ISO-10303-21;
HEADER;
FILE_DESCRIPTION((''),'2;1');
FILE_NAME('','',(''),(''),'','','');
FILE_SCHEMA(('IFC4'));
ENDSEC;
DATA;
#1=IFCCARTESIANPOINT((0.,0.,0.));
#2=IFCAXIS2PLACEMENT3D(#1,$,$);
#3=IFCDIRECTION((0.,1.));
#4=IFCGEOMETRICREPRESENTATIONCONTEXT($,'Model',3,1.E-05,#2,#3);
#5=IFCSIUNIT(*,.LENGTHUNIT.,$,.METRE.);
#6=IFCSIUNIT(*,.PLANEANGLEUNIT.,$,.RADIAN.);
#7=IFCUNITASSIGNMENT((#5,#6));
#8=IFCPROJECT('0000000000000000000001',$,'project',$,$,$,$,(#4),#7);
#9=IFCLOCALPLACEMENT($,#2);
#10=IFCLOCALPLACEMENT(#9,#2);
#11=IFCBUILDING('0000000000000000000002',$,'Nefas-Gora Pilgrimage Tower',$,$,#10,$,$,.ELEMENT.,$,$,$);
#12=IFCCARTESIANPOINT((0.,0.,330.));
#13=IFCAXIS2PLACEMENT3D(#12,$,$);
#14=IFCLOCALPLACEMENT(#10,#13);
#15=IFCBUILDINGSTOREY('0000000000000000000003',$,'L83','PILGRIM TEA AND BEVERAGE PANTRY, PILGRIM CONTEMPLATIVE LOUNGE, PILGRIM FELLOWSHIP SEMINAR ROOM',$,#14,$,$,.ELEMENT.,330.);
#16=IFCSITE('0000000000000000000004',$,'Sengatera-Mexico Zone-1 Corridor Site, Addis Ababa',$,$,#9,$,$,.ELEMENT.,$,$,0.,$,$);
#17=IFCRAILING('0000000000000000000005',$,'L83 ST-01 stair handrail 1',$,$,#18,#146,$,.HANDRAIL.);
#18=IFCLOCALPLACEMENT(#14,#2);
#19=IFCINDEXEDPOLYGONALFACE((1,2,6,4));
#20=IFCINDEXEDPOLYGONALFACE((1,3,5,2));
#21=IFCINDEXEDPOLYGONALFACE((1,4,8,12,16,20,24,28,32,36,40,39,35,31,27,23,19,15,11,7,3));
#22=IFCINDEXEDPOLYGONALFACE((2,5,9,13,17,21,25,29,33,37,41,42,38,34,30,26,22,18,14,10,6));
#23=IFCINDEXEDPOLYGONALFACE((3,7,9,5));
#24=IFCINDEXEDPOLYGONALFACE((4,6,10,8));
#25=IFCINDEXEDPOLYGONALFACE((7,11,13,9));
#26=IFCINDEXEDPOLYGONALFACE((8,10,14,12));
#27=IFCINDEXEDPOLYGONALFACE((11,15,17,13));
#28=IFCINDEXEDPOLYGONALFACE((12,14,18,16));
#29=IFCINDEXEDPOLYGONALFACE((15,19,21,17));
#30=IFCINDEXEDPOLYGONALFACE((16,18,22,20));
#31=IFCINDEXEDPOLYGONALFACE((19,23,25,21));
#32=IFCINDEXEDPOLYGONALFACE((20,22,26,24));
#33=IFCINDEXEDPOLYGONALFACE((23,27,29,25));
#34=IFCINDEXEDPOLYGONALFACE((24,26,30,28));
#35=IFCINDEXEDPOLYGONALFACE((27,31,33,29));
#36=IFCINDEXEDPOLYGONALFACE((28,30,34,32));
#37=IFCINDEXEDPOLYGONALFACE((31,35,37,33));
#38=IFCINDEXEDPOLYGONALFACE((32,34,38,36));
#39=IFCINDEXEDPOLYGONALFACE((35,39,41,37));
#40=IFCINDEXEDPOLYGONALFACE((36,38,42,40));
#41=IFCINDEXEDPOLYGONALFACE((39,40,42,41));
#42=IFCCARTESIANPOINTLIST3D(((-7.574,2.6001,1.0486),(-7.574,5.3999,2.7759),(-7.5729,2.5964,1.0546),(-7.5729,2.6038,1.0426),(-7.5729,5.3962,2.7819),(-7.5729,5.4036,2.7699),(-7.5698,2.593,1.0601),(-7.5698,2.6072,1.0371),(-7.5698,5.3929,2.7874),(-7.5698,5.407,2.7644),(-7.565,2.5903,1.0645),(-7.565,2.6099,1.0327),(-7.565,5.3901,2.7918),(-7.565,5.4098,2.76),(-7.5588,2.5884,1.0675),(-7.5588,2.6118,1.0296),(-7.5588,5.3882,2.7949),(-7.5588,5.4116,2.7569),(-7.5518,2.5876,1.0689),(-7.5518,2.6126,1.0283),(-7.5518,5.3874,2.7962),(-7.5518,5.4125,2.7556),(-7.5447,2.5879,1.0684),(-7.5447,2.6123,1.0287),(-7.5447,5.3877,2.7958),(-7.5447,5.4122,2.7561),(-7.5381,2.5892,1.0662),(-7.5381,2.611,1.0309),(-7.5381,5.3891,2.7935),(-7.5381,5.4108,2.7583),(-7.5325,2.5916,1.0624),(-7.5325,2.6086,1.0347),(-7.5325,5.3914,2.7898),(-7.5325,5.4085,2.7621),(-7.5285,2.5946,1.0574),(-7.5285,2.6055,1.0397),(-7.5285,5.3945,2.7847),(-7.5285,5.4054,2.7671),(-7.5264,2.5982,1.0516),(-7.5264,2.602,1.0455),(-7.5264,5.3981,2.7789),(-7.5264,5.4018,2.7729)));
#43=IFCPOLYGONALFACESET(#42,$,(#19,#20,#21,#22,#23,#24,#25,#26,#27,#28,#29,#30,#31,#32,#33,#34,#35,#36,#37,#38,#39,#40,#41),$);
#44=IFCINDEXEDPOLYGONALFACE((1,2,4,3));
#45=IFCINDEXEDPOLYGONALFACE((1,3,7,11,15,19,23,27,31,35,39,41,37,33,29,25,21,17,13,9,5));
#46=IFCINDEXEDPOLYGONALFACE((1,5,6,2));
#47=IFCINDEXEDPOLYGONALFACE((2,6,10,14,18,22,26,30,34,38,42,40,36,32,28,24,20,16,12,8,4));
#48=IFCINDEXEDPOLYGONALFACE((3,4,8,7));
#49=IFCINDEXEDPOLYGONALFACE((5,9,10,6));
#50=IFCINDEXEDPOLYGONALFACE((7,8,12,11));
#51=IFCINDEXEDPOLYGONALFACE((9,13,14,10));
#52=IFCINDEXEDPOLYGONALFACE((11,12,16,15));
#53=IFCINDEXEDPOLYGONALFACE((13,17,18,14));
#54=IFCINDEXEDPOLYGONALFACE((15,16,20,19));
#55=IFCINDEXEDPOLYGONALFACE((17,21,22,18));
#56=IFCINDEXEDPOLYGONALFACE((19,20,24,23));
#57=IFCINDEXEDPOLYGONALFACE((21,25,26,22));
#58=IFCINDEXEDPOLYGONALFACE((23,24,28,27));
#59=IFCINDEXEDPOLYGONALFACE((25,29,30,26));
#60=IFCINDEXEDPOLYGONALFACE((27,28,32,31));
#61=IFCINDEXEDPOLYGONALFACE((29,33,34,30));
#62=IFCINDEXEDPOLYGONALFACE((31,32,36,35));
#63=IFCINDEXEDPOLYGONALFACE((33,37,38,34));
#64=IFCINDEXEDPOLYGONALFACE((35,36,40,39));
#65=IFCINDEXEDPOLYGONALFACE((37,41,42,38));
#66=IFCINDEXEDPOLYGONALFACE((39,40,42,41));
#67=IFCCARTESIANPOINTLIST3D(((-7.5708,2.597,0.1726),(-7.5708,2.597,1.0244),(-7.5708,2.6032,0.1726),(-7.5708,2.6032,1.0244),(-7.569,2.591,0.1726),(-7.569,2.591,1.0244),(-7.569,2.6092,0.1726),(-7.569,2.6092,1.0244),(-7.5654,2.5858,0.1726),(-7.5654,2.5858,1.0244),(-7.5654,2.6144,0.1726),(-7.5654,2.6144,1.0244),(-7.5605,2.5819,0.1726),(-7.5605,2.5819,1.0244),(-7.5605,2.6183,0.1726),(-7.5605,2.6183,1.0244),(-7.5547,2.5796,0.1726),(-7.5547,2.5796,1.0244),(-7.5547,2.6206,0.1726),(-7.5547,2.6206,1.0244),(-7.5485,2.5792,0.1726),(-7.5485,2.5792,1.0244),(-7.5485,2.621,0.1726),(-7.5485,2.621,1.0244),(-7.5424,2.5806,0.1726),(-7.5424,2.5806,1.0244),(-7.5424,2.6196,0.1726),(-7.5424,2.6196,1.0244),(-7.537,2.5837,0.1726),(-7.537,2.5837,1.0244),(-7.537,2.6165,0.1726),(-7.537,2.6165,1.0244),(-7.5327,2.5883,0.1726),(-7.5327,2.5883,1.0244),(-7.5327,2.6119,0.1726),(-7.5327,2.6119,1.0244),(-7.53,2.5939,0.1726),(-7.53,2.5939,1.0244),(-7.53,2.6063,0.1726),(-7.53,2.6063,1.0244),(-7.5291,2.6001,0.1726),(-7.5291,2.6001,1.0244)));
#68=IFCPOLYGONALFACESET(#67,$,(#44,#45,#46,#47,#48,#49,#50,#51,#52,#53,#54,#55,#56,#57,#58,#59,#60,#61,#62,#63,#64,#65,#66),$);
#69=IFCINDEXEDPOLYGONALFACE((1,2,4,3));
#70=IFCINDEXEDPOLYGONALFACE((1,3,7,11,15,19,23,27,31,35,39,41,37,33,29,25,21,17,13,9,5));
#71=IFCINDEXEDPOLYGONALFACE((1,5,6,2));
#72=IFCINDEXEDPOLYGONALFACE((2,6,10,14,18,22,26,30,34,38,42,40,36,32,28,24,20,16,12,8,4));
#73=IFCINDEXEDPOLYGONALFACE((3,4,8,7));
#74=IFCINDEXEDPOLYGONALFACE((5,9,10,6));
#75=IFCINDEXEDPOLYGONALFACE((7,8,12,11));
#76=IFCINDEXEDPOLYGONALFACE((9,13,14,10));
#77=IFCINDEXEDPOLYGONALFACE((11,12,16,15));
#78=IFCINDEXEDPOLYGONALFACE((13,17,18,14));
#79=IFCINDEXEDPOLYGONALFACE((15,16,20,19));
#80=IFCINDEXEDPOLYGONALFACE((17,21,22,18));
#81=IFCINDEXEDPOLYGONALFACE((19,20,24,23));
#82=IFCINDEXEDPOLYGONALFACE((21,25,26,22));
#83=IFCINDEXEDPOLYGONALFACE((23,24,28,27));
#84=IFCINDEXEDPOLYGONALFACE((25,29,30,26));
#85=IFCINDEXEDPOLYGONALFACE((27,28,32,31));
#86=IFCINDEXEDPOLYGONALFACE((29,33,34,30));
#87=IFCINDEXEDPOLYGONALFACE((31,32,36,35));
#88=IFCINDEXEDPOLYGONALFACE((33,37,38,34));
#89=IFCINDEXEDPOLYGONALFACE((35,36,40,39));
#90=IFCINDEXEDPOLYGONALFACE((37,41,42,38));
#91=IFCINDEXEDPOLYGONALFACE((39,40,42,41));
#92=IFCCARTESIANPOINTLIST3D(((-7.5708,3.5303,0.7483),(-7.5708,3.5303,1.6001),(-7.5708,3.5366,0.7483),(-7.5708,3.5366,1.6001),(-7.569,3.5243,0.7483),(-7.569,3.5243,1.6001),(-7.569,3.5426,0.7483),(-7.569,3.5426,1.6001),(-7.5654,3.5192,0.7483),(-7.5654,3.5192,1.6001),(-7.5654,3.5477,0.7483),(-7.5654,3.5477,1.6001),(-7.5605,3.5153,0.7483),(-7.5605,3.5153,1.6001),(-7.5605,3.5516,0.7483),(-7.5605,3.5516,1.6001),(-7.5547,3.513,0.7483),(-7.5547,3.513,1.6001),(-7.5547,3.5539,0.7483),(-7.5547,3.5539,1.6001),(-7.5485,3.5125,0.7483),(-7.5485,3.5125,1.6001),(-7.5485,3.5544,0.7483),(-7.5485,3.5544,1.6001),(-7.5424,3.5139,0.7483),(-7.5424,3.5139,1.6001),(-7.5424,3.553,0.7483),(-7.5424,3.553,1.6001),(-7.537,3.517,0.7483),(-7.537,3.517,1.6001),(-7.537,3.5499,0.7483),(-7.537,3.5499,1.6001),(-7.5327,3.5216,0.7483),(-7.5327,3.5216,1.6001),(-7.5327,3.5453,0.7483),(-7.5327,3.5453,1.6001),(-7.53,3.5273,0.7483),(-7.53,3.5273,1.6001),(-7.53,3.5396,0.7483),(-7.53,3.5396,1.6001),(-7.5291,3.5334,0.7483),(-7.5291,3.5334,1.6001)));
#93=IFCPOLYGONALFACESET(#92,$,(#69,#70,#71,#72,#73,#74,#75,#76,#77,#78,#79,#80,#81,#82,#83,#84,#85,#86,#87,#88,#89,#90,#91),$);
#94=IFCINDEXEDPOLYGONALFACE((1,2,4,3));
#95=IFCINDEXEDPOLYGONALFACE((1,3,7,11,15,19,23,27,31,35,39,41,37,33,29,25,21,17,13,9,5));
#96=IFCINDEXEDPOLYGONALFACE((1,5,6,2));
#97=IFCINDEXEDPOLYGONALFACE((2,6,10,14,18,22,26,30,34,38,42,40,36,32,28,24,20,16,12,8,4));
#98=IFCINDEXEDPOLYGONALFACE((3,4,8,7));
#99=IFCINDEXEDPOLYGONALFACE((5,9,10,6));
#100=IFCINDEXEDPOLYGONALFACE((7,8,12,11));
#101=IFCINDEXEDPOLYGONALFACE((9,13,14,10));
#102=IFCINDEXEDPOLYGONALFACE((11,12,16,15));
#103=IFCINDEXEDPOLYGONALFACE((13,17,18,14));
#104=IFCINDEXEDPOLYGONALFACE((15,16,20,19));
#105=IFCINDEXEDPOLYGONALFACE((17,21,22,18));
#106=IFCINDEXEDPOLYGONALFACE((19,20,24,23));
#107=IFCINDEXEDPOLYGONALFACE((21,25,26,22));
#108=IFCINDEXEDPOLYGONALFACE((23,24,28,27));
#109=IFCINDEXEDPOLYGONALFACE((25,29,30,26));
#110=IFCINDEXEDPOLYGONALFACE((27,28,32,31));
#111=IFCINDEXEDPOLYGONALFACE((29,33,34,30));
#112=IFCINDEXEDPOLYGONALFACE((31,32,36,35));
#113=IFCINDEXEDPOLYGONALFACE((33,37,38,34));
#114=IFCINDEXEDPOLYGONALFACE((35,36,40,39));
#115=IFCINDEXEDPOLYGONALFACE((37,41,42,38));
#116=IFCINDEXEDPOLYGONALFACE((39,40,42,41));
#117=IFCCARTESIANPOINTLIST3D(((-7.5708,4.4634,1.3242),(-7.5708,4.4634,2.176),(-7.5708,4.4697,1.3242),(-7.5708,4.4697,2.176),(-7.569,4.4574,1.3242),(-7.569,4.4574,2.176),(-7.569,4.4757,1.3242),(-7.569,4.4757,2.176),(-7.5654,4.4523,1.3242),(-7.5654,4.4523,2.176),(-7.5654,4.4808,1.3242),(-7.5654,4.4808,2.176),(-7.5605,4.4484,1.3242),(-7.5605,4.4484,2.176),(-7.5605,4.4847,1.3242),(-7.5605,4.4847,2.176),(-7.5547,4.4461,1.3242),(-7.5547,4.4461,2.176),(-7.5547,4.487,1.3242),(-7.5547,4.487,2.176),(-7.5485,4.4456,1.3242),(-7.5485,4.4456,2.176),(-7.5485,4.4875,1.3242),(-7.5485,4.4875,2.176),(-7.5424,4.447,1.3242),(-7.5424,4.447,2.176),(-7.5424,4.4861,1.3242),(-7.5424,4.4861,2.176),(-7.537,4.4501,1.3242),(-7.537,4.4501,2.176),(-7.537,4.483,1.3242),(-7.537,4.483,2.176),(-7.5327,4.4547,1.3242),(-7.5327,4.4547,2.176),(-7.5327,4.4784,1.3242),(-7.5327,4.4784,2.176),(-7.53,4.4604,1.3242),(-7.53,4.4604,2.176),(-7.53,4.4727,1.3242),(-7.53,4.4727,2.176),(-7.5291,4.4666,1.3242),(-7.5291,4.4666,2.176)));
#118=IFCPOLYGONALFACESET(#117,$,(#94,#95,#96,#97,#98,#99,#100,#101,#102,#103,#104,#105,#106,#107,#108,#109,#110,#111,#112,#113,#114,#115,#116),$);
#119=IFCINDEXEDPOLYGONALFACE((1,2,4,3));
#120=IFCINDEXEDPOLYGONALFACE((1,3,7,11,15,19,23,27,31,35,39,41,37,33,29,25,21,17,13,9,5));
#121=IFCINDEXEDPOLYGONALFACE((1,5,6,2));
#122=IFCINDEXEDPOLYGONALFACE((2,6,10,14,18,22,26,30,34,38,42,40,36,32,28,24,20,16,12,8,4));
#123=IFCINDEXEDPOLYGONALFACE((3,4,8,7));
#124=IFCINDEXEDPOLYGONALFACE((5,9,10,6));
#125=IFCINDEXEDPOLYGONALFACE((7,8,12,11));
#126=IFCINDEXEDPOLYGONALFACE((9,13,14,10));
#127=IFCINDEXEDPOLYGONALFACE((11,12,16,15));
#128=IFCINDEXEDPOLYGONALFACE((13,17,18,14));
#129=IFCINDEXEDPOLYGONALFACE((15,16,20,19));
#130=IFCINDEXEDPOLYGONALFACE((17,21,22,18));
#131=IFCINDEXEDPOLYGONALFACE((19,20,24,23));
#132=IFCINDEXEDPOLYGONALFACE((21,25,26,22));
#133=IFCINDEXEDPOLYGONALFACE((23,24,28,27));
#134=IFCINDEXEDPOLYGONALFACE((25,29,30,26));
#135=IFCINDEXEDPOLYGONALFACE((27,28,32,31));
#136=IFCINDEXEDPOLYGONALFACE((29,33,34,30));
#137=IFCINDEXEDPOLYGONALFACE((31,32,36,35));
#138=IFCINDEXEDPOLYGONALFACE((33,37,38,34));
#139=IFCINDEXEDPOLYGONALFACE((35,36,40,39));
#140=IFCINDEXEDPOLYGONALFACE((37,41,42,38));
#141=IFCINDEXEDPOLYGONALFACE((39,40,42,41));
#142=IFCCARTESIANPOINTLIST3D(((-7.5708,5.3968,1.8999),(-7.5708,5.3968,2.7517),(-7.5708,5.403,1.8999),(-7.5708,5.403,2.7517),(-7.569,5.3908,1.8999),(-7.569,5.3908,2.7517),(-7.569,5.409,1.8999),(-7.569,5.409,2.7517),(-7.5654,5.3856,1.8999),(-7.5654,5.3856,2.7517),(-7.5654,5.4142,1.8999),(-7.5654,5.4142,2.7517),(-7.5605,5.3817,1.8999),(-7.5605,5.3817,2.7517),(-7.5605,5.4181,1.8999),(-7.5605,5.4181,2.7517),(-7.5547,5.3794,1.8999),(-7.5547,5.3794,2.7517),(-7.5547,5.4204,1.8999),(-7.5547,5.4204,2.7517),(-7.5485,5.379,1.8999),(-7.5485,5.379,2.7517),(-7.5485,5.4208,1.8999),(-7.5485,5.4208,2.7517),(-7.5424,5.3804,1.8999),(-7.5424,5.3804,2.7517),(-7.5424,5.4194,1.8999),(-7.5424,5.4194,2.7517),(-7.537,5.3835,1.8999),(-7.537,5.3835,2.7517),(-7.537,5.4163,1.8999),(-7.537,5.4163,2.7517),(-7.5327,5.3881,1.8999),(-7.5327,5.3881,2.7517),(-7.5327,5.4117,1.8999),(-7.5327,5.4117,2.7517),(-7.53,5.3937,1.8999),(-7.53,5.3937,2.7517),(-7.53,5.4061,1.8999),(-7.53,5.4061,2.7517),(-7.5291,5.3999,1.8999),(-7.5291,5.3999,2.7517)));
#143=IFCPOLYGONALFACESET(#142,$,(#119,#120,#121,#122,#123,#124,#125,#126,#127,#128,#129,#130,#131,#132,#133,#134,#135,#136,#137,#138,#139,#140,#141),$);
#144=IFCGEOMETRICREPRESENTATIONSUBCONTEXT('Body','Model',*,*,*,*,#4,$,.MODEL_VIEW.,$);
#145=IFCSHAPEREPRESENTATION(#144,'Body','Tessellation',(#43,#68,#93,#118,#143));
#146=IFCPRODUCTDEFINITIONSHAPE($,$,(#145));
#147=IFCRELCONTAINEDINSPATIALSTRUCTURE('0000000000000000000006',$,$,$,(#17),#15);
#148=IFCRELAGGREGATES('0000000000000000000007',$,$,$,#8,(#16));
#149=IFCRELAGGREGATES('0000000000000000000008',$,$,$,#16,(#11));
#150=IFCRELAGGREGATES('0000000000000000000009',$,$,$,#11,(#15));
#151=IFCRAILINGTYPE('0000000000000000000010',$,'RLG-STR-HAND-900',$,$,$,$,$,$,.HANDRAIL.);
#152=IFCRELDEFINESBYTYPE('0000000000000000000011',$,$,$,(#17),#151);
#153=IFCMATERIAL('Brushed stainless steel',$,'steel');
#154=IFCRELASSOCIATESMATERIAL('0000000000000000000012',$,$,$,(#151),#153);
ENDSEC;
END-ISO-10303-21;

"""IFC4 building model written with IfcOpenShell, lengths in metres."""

from ifc_helpers import new_model, si_unit, direction, frame, origin, origin_2d, place, context, subcontext, project, spatial, circle, extrude, material, type_object, element, save


model = new_model("IFC4")

# Units and contexts
model_context = context("Model", 3, precision=1e-05, world=origin(), true_north=direction((0.0, 1.0)))
body_context = subcontext(model_context, "Body", "Model", "MODEL_VIEW")
ifc_project = project(units=[si_unit("LENGTHUNIT", "METRE"), si_unit("PLANEANGLEUNIT", "RADIAN")], contexts=[model_context])

# Site, building, storey
site_placement = place(None, origin())
site = spatial("IfcSite", under=ifc_project, at=site_placement, Name="Sengatera-Mexico Zone-1 Corridor Site, Addis Ababa", CompositionType="ELEMENT", RefElevation=0.0)
building_placement = place(site_placement, origin())
building = spatial("IfcBuilding", under=site, at=building_placement, Name="Nefas-Gora Pilgrimage Tower", CompositionType="ELEMENT")
storey_placement = place(building_placement, frame((0.0, 0.0, 330.0)))
storey = spatial("IfcBuildingStorey", under=building, at=storey_placement, Name="L83", Description="PILGRIM TEA AND BEVERAGE PANTRY, PILGRIM CONTEMPLATIVE LOUNGE, PILGRIM FELLOWSHIP SEMINAR ROOM", CompositionType="ELEMENT", Elevation=330.0)

# Railing
ifc_material_1 = material(Name="Brushed stainless steel", Category="steel")
railing_type_1 = type_object("IfcRailingType", Name="RLG-STR-HAND-900", PredefinedType="HANDRAIL", material=ifc_material_1)
railing_1_placement = place(storey_placement, frame((-7.55, 2.6001, 0.1726)))
element("IfcRailing", 1, at=railing_1_placement, inside=storey, type_object=railing_type_1, Name="L83 ST-01 stair handrail 1", PredefinedType="HANDRAIL", context=body_context, shape_type="SweptSolid", body=[
    extrude(circle(Radius=0.0239, at=origin_2d()), frame((0.0, 0.0, 0.876), z_axis=(0.0, 0.851069, 0.525054), x_axis=(-1.0, 0.0, 0.0)), (0.0, 0.0, 1.0), 3.2898),
    extrude(circle(Radius=0.021, at=origin_2d()), origin(), (0.0, 0.0, 1.0), 0.8518),
    extrude(circle(Radius=0.021, at=origin_2d()), frame((0.0, 0.9333, 0.5757)), (0.0, 0.0, 1.0), 0.8518),
    extrude(circle(Radius=0.021, at=origin_2d()), frame((0.0, 1.8665, 1.1516)), (0.0, 0.0, 1.0), 0.8518),
    extrude(circle(Radius=0.021, at=origin_2d()), frame((0.0, 2.7998, 1.7273)), (0.0, 0.0, 1.0), 0.8518),
])

save(model, "model.ifc")
